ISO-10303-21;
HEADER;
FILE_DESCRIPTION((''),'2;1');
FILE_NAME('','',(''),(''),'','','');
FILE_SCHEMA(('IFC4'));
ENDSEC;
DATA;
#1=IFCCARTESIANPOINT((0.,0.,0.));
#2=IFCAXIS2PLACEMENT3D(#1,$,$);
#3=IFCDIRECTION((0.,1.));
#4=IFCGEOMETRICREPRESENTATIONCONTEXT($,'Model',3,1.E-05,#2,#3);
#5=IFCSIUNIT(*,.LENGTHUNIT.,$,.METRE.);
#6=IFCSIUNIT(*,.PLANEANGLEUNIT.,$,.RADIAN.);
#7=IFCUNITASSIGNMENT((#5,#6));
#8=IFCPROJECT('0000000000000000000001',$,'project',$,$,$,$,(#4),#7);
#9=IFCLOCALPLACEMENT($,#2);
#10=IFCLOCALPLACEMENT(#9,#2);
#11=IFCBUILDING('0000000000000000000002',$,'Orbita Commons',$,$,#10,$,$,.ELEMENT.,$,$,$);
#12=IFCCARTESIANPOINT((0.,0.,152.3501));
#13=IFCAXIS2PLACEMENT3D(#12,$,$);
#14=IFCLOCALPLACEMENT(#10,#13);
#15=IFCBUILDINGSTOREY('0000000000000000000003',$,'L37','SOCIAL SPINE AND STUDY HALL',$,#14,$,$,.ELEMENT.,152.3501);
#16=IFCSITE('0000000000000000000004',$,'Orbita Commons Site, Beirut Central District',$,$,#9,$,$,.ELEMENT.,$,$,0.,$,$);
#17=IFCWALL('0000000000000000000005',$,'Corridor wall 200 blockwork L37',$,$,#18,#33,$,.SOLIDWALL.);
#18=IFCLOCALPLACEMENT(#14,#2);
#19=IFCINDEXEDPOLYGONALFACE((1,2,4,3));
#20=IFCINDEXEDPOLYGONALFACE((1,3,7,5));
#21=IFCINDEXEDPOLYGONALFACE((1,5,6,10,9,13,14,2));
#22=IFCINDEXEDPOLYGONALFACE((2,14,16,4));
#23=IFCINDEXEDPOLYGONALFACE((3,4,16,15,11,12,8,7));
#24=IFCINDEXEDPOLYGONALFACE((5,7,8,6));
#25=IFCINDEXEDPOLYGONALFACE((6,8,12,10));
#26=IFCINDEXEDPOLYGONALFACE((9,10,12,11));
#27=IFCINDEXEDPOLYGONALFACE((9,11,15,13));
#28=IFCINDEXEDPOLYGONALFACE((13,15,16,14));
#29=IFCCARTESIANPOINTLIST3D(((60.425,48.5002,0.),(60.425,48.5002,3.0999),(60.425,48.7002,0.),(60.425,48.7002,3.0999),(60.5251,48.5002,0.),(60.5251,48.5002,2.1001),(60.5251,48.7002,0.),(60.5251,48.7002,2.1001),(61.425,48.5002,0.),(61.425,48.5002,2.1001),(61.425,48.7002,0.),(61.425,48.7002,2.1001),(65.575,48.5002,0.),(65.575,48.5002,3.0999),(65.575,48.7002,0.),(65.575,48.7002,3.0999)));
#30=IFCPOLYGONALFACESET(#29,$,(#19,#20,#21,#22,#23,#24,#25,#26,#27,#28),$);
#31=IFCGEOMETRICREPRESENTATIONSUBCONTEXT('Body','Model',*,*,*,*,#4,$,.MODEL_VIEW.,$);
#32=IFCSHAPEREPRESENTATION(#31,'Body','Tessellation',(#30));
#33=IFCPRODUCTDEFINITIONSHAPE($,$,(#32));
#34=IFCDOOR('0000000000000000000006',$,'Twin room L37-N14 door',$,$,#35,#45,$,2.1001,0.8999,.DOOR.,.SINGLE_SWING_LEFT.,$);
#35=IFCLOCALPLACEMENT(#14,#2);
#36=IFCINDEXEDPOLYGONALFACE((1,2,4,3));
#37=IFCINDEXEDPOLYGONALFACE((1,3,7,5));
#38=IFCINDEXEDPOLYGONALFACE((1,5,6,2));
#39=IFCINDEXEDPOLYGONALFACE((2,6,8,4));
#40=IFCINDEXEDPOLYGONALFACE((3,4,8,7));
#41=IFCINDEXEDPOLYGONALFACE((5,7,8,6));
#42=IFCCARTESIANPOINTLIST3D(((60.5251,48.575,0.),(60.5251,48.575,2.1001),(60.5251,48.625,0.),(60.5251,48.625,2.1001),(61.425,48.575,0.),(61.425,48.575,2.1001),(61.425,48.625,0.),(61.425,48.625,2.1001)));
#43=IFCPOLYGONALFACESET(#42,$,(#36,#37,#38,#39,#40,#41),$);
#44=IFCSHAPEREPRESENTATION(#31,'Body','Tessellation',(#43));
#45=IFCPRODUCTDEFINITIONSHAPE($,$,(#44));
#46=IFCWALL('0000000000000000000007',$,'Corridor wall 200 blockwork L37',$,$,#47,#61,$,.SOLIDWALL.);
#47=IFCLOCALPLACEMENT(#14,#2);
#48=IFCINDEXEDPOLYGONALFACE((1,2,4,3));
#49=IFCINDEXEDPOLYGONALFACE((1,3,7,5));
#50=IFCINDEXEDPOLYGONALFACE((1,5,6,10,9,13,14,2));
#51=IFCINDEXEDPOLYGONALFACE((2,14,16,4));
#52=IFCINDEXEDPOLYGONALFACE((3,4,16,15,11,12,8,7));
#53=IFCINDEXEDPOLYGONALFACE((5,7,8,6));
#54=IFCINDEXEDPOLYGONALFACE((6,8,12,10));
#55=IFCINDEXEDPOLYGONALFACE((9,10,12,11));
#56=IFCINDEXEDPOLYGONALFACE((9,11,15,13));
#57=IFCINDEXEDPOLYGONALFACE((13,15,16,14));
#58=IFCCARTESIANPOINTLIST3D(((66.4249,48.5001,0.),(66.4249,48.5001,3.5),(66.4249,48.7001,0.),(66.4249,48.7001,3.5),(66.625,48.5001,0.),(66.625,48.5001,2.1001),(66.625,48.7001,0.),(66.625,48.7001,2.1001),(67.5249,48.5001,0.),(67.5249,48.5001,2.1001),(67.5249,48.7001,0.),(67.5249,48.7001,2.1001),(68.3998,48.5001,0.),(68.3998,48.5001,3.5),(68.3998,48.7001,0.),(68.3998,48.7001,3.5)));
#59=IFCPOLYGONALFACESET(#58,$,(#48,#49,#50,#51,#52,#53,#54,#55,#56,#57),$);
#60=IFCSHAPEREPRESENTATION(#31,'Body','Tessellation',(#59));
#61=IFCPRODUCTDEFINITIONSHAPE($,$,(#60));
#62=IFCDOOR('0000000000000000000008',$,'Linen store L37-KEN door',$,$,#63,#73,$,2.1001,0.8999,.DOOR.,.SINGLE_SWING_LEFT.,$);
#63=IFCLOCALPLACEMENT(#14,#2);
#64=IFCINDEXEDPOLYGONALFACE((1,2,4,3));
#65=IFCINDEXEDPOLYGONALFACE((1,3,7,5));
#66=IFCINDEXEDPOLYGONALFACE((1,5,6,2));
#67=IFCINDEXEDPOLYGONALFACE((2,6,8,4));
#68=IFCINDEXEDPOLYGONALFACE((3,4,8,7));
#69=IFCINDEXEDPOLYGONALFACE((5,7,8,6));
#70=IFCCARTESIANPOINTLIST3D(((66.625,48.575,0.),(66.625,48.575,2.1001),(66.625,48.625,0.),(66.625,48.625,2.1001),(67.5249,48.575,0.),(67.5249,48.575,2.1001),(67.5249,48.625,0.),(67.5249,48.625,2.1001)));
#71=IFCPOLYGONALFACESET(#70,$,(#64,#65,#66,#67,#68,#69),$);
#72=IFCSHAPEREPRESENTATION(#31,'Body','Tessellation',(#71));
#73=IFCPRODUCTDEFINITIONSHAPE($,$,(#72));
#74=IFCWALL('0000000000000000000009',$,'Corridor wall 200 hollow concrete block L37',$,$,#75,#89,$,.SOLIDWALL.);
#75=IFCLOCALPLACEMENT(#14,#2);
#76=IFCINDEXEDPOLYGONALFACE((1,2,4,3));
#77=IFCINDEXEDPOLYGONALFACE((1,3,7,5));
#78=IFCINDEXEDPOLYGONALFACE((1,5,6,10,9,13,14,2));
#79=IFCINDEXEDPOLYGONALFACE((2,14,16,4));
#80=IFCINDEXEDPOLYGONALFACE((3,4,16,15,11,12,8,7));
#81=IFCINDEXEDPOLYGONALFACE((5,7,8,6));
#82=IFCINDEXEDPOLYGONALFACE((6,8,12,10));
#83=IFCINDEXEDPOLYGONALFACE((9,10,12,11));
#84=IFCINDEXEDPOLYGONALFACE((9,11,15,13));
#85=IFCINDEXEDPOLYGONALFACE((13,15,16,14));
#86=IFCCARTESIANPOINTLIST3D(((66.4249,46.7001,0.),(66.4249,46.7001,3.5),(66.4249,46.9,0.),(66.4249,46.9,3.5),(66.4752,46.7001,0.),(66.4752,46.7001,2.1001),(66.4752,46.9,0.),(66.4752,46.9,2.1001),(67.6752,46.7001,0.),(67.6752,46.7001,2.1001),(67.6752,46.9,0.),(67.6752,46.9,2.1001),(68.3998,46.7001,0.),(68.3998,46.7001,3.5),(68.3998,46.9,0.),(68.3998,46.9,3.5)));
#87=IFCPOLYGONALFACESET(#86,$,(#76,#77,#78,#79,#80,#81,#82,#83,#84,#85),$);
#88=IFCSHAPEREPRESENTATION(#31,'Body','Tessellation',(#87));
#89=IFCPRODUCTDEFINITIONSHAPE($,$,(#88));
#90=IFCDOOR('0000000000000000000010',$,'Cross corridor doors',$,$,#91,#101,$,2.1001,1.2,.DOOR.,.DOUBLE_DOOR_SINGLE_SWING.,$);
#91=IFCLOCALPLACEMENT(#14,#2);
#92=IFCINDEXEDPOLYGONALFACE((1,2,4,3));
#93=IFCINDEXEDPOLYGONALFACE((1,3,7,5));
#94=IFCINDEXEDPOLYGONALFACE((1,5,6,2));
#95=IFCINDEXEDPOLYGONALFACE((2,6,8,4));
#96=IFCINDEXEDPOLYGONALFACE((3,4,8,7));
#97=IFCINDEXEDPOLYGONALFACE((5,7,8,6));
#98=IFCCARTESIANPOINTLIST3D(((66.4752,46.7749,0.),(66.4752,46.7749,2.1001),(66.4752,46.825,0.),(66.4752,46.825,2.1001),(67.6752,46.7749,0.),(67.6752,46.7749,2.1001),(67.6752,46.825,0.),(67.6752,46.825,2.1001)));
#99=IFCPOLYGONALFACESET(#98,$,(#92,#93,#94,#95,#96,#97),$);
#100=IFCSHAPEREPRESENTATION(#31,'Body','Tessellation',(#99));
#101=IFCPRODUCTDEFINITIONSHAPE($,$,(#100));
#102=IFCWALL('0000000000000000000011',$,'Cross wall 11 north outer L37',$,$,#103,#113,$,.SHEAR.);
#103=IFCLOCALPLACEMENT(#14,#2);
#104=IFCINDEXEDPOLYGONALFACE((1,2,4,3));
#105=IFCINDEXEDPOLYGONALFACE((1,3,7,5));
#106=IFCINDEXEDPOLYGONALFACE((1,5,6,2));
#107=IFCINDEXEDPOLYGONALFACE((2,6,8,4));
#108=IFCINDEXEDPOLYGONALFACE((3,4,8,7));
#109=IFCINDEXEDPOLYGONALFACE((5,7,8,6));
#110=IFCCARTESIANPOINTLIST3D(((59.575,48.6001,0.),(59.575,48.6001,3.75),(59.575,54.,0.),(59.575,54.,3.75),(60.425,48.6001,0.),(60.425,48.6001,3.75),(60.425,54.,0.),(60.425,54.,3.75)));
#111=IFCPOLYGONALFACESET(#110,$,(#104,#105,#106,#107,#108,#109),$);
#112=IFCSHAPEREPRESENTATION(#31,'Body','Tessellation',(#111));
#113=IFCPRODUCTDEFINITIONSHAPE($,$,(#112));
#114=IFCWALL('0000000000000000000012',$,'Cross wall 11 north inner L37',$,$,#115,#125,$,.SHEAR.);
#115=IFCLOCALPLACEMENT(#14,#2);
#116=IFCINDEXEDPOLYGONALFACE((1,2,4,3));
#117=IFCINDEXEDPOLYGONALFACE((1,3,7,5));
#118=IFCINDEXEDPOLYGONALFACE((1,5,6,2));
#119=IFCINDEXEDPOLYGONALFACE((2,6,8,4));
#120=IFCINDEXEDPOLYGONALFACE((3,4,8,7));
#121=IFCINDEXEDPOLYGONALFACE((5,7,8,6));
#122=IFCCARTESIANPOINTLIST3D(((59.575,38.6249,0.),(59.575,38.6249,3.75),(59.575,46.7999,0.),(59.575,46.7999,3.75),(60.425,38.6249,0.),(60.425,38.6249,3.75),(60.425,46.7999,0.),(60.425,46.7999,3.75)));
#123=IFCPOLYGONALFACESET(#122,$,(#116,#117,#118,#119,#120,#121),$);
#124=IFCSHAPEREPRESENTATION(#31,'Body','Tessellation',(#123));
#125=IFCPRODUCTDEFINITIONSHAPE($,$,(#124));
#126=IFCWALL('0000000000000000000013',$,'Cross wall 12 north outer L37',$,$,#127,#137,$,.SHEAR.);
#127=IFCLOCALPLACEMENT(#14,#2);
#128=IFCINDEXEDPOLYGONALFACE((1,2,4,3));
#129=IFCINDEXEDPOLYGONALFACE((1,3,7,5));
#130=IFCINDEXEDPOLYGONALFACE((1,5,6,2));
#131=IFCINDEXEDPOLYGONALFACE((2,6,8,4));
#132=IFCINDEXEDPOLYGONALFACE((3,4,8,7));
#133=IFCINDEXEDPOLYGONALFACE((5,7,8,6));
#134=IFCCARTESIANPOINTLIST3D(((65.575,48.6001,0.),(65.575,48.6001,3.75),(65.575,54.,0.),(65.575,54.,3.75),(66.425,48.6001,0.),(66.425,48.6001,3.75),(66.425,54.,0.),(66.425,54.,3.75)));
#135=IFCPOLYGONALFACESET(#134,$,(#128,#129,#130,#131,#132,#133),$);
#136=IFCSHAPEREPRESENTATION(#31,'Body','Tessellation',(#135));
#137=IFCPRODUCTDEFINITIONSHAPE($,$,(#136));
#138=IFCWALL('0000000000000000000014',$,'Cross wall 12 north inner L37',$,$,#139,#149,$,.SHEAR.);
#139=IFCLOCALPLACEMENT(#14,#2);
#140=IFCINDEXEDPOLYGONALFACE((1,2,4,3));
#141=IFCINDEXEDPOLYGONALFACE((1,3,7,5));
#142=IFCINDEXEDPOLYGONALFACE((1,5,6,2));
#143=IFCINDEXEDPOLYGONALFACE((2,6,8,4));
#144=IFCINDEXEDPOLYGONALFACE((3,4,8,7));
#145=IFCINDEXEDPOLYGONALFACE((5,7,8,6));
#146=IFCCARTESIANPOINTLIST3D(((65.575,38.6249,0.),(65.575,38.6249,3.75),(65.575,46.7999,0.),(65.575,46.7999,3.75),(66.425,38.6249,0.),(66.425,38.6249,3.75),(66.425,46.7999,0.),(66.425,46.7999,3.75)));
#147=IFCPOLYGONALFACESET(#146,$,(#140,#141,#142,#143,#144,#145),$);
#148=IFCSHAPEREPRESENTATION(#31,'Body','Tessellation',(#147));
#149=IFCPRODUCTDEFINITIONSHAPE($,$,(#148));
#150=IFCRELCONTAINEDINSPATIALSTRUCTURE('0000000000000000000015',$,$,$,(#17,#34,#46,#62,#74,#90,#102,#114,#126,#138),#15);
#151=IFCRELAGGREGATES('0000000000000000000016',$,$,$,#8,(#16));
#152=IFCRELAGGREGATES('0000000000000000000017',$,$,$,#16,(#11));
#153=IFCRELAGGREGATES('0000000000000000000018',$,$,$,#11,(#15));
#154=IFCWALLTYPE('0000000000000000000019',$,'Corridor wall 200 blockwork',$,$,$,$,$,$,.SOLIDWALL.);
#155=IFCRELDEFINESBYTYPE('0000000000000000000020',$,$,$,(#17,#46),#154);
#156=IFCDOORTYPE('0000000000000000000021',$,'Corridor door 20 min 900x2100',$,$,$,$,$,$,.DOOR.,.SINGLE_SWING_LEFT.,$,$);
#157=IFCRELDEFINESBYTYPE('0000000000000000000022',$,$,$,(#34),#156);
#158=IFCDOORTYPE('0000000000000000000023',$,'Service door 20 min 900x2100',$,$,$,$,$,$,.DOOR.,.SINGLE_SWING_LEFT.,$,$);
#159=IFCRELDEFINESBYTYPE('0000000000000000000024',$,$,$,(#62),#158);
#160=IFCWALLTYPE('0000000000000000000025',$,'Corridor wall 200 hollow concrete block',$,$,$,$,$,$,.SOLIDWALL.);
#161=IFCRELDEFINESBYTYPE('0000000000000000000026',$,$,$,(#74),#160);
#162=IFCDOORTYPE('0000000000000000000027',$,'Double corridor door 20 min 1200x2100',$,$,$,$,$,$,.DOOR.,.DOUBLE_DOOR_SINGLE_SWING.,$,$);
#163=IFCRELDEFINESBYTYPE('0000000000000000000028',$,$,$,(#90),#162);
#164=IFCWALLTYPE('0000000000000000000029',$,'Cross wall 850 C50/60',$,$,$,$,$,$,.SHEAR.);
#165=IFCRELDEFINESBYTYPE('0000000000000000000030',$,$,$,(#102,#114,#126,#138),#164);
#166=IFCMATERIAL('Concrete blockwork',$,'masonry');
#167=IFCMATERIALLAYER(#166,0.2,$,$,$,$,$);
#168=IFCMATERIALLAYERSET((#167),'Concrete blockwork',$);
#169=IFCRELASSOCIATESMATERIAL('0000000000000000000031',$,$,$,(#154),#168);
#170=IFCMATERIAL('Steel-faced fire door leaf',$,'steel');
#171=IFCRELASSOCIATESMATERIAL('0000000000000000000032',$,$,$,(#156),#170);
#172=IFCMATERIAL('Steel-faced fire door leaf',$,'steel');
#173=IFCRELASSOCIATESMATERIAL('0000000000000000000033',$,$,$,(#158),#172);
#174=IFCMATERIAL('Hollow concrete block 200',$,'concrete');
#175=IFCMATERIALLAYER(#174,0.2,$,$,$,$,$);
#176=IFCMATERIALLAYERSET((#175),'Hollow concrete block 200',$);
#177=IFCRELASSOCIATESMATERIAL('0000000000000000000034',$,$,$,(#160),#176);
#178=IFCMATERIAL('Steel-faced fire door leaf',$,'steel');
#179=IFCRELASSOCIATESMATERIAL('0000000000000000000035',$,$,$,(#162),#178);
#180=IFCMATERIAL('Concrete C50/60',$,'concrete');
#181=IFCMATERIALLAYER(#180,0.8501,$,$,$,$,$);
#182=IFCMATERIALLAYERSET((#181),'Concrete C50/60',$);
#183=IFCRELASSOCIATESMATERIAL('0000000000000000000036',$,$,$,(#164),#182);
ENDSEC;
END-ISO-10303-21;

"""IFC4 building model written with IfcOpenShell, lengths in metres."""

from ifc_helpers import new_model, si_unit, direction, frame, frame_2d, origin, place, context, subcontext, project, spatial, polyline, rectangle, outline, extrude, material, layer, layer_set, type_object, element, fill, save


model = new_model("IFC4")

# Units and contexts
model_context = context("Model", 3, precision=1e-05, world=origin(), true_north=direction((0.0, 1.0)))
body_context = subcontext(model_context, "Body", "Model", "MODEL_VIEW")
ifc_project = project(units=[si_unit("LENGTHUNIT", "METRE"), si_unit("PLANEANGLEUNIT", "RADIAN")], contexts=[model_context])

# Site, building, storey
site_placement = place(None, origin())
site = spatial("IfcSite", under=ifc_project, at=site_placement, Name="Orbita Commons Site, Beirut Central District", CompositionType="ELEMENT", RefElevation=0.0)
building_placement = place(site_placement, origin())
building = spatial("IfcBuilding", under=site, at=building_placement, Name="Orbita Commons", CompositionType="ELEMENT")
storey_placement = place(building_placement, frame((0.0, 0.0, 152.3501)))
storey = spatial("IfcBuildingStorey", under=building, at=storey_placement, Name="L37", Description="SOCIAL SPINE AND STUDY HALL", CompositionType="ELEMENT", Elevation=152.3501)

# Walls, openings, doors
ifc_material_1 = material(Name="Concrete blockwork", Category="masonry")
ifc_layer_1 = layer(ifc_material_1, 0.2)
ifc_layer_set_1 = layer_set([ifc_layer_1], Name="Concrete blockwork")
wall_type_1 = type_object("IfcWallType", Name="Corridor wall 200 blockwork", PredefinedType="SOLIDWALL", material=ifc_layer_set_1)
wall_1_placement = place(storey_placement, frame((60.425, 48.6001, 0.0), z_axis=(0.0, 0.0, 1.0), x_axis=(1.0, 0.0, 0.0)))
wall_1 = element("IfcWall", 1, at=wall_1_placement, inside=storey, type_object=wall_type_1, Name="Corridor wall 200 blockwork L37", PredefinedType="SOLIDWALL", context=body_context, shape_type="SweptSolid", body=[
    extrude(outline(polyline([(0.0, 0.0), (5.1499, 0.0), (5.1499, 3.0999), (0.0, 3.0999), (0.0, 0.0)])), frame((0.0, 0.1001, 0.0), z_axis=(0.0, -1.0, 0.0), x_axis=(1.0, 0.0, 0.0)), (0.0, 0.0, 1.0), 0.2),
])
opening_1_placement = place(wall_1_placement, frame((0.1001, 0.0, 0.0)))
opening_1 = element("IfcOpeningElement", 2, at=opening_1_placement, cuts=wall_1, PredefinedType="OPENING", context=body_context, shape_type="SweptSolid", body=[
    extrude(rectangle(XDim=0.8999, YDim=2.1001, at=frame_2d((0.45, 1.05))), frame((0.0, 0.1099, 0.0), z_axis=(0.0, -1.0, 0.0), x_axis=(1.0, 0.0, 0.0)), (0.0, 0.0, 1.0), 0.22),
])
ifc_material_2 = material(Name="Steel-faced fire door leaf", Category="steel")
door_type_1 = type_object("IfcDoorType", Name="Corridor door 20 min 900x2100", OperationType="SINGLE_SWING_LEFT", PredefinedType="DOOR", material=ifc_material_2)
door_1_placement = place(opening_1_placement, origin())
door_1 = element("IfcDoor", 3, at=door_1_placement, inside=storey, type_object=door_type_1, Name="Twin room L37-N14 door", OperationType="SINGLE_SWING_LEFT", OverallHeight=2.1001, OverallWidth=0.8999, PredefinedType="DOOR", context=body_context, shape_type="SweptSolid", body=[
    extrude(rectangle(XDim=0.8999, YDim=2.1001, at=frame_2d((0.45, 1.05))), frame((0.0, 0.0249, 0.0), z_axis=(0.0, -1.0, 0.0), x_axis=(1.0, 0.0, 0.0)), (0.0, 0.0, 1.0), 0.05),
])
fill(opening_1, door_1)
wall_2_placement = place(storey_placement, frame((66.425, 48.6001, 0.0), z_axis=(0.0, 0.0, 1.0), x_axis=(1.0, 0.0, 0.0)))
wall_2 = element("IfcWall", 4, at=wall_2_placement, inside=storey, type_object=wall_type_1, Name="Corridor wall 200 blockwork L37", PredefinedType="SOLIDWALL", context=body_context, shape_type="SweptSolid", body=[
    extrude(rectangle(XDim=1.9749, YDim=0.2, at=frame_2d((0.9873, 0.0))), origin(), (0.0, 0.0, 1.0), 3.5),
])
opening_2_placement = place(wall_2_placement, frame((0.2, 0.0, 0.0)))
opening_2 = element("IfcOpeningElement", 5, at=opening_2_placement, cuts=wall_2, PredefinedType="OPENING", context=body_context, shape_type="SweptSolid", body=[
    extrude(rectangle(XDim=0.8999, YDim=2.1001, at=frame_2d((0.45, 1.05))), frame((0.0, 0.1099, 0.0), z_axis=(0.0, -1.0, 0.0), x_axis=(1.0, 0.0, 0.0)), (0.0, 0.0, 1.0), 0.22),
])
ifc_material_3 = material(Name="Steel-faced fire door leaf", Category="steel")
door_type_2 = type_object("IfcDoorType", Name="Service door 20 min 900x2100", OperationType="SINGLE_SWING_LEFT", PredefinedType="DOOR", material=ifc_material_3)
door_2_placement = place(opening_2_placement, origin())
door_2 = element("IfcDoor", 6, at=door_2_placement, inside=storey, type_object=door_type_2, Name="Linen store L37-KEN door", OperationType="SINGLE_SWING_LEFT", OverallHeight=2.1001, OverallWidth=0.8999, PredefinedType="DOOR", context=body_context, shape_type="SweptSolid", body=[
    extrude(rectangle(XDim=0.8999, YDim=2.1001, at=frame_2d((0.45, 1.05))), frame((0.0, 0.0249, 0.0), z_axis=(0.0, -1.0, 0.0), x_axis=(1.0, 0.0, 0.0)), (0.0, 0.0, 1.0), 0.05),
])
fill(opening_2, door_2)
ifc_material_4 = material(Name="Hollow concrete block 200", Category="concrete")
ifc_layer_2 = layer(ifc_material_4, 0.2)
ifc_layer_set_2 = layer_set([ifc_layer_2], Name="Hollow concrete block 200")
wall_type_2 = type_object("IfcWallType", Name="Corridor wall 200 hollow concrete block", PredefinedType="SOLIDWALL", material=ifc_layer_set_2)
wall_3_placement = place(storey_placement, frame((66.425, 46.8, 0.0), z_axis=(0.0, 0.0, 1.0), x_axis=(1.0, 0.0, 0.0)))
wall_3 = element("IfcWall", 7, at=wall_3_placement, inside=storey, type_object=wall_type_2, Name="Corridor wall 200 hollow concrete block L37", PredefinedType="SOLIDWALL", context=body_context, shape_type="SweptSolid", body=[
    extrude(rectangle(XDim=1.9749, YDim=0.2, at=frame_2d((0.9873, 0.0))), origin(), (0.0, 0.0, 1.0), 3.5),
])
opening_3_placement = place(wall_3_placement, frame((0.05, 0.0, 0.0)))
opening_3 = element("IfcOpeningElement", 8, at=opening_3_placement, cuts=wall_3, PredefinedType="OPENING", context=body_context, shape_type="SweptSolid", body=[
    extrude(rectangle(XDim=1.2, YDim=2.1001, at=frame_2d((0.6001, 1.05))), frame((0.0, 0.1099, 0.0), z_axis=(0.0, -1.0, 0.0), x_axis=(1.0, 0.0, 0.0)), (0.0, 0.0, 1.0), 0.22),
])
ifc_material_5 = material(Name="Steel-faced fire door leaf", Category="steel")
door_type_3 = type_object("IfcDoorType", Name="Double corridor door 20 min 1200x2100", OperationType="DOUBLE_DOOR_SINGLE_SWING", PredefinedType="DOOR", material=ifc_material_5)
door_3_placement = place(opening_3_placement, origin())
door_3 = element("IfcDoor", 9, at=door_3_placement, inside=storey, type_object=door_type_3, Name="Cross corridor doors", OperationType="DOUBLE_DOOR_SINGLE_SWING", OverallHeight=2.1001, OverallWidth=1.2, PredefinedType="DOOR", context=body_context, shape_type="SweptSolid", body=[
    extrude(rectangle(XDim=1.2, YDim=2.1001, at=frame_2d((0.6001, 1.05))), frame((0.0, 0.0249, 0.0), z_axis=(0.0, -1.0, 0.0), x_axis=(1.0, 0.0, 0.0)), (0.0, 0.0, 1.0), 0.05),
])
fill(opening_3, door_3)

# Walls
ifc_material_6 = material(Name="Concrete C50/60", Category="concrete")
ifc_layer_3 = layer(ifc_material_6, 0.8501)
ifc_layer_set_3 = layer_set([ifc_layer_3], Name="Concrete C50/60")
wall_type_3 = type_object("IfcWallType", Name="Cross wall 850 C50/60", PredefinedType="SHEAR", material=ifc_layer_set_3)
wall_4_placement = place(storey_placement, frame((60.0, 48.6001, 0.0), z_axis=(0.0, 0.0, 1.0), x_axis=(0.0, 1.0, 0.0)))
element("IfcWall", 10, at=wall_4_placement, inside=storey, type_object=wall_type_3, Name="Cross wall 11 north outer L37", PredefinedType="SHEAR", context=body_context, shape_type="SweptSolid", body=[
    extrude(rectangle(XDim=5.3999, YDim=0.8501, at=frame_2d((2.7, 0.0))), origin(), (0.0, 0.0, 1.0), 3.75),
])
wall_5_placement = place(storey_placement, frame((60.0, 38.625, 0.0), z_axis=(0.0, 0.0, 1.0), x_axis=(0.0, 1.0, 0.0)))
element("IfcWall", 11, at=wall_5_placement, inside=storey, type_object=wall_type_3, Name="Cross wall 11 north inner L37", PredefinedType="SHEAR", context=body_context, shape_type="SweptSolid", body=[
    extrude(rectangle(XDim=8.175, YDim=0.8501, at=frame_2d((4.0874, 0.0))), origin(), (0.0, 0.0, 1.0), 3.75),
])
wall_6_placement = place(storey_placement, frame((66.0, 48.6001, 0.0), z_axis=(0.0, 0.0, 1.0), x_axis=(0.0, 1.0, 0.0)))
element("IfcWall", 12, at=wall_6_placement, inside=storey, type_object=wall_type_3, Name="Cross wall 12 north outer L37", PredefinedType="SHEAR", context=body_context, shape_type="SweptSolid", body=[
    extrude(rectangle(XDim=5.3999, YDim=0.8501, at=frame_2d((2.7, 0.0))), origin(), (0.0, 0.0, 1.0), 3.75),
])
wall_7_placement = place(storey_placement, frame((66.0, 38.625, 0.0), z_axis=(0.0, 0.0, 1.0), x_axis=(0.0, 1.0, 0.0)))
element("IfcWall", 13, at=wall_7_placement, inside=storey, type_object=wall_type_3, Name="Cross wall 12 north inner L37", PredefinedType="SHEAR", context=body_context, shape_type="SweptSolid", body=[
    extrude(rectangle(XDim=8.175, YDim=0.8501, at=frame_2d((4.0874, 0.0))), origin(), (0.0, 0.0, 1.0), 3.75),
])

save(model, "model.ifc")
